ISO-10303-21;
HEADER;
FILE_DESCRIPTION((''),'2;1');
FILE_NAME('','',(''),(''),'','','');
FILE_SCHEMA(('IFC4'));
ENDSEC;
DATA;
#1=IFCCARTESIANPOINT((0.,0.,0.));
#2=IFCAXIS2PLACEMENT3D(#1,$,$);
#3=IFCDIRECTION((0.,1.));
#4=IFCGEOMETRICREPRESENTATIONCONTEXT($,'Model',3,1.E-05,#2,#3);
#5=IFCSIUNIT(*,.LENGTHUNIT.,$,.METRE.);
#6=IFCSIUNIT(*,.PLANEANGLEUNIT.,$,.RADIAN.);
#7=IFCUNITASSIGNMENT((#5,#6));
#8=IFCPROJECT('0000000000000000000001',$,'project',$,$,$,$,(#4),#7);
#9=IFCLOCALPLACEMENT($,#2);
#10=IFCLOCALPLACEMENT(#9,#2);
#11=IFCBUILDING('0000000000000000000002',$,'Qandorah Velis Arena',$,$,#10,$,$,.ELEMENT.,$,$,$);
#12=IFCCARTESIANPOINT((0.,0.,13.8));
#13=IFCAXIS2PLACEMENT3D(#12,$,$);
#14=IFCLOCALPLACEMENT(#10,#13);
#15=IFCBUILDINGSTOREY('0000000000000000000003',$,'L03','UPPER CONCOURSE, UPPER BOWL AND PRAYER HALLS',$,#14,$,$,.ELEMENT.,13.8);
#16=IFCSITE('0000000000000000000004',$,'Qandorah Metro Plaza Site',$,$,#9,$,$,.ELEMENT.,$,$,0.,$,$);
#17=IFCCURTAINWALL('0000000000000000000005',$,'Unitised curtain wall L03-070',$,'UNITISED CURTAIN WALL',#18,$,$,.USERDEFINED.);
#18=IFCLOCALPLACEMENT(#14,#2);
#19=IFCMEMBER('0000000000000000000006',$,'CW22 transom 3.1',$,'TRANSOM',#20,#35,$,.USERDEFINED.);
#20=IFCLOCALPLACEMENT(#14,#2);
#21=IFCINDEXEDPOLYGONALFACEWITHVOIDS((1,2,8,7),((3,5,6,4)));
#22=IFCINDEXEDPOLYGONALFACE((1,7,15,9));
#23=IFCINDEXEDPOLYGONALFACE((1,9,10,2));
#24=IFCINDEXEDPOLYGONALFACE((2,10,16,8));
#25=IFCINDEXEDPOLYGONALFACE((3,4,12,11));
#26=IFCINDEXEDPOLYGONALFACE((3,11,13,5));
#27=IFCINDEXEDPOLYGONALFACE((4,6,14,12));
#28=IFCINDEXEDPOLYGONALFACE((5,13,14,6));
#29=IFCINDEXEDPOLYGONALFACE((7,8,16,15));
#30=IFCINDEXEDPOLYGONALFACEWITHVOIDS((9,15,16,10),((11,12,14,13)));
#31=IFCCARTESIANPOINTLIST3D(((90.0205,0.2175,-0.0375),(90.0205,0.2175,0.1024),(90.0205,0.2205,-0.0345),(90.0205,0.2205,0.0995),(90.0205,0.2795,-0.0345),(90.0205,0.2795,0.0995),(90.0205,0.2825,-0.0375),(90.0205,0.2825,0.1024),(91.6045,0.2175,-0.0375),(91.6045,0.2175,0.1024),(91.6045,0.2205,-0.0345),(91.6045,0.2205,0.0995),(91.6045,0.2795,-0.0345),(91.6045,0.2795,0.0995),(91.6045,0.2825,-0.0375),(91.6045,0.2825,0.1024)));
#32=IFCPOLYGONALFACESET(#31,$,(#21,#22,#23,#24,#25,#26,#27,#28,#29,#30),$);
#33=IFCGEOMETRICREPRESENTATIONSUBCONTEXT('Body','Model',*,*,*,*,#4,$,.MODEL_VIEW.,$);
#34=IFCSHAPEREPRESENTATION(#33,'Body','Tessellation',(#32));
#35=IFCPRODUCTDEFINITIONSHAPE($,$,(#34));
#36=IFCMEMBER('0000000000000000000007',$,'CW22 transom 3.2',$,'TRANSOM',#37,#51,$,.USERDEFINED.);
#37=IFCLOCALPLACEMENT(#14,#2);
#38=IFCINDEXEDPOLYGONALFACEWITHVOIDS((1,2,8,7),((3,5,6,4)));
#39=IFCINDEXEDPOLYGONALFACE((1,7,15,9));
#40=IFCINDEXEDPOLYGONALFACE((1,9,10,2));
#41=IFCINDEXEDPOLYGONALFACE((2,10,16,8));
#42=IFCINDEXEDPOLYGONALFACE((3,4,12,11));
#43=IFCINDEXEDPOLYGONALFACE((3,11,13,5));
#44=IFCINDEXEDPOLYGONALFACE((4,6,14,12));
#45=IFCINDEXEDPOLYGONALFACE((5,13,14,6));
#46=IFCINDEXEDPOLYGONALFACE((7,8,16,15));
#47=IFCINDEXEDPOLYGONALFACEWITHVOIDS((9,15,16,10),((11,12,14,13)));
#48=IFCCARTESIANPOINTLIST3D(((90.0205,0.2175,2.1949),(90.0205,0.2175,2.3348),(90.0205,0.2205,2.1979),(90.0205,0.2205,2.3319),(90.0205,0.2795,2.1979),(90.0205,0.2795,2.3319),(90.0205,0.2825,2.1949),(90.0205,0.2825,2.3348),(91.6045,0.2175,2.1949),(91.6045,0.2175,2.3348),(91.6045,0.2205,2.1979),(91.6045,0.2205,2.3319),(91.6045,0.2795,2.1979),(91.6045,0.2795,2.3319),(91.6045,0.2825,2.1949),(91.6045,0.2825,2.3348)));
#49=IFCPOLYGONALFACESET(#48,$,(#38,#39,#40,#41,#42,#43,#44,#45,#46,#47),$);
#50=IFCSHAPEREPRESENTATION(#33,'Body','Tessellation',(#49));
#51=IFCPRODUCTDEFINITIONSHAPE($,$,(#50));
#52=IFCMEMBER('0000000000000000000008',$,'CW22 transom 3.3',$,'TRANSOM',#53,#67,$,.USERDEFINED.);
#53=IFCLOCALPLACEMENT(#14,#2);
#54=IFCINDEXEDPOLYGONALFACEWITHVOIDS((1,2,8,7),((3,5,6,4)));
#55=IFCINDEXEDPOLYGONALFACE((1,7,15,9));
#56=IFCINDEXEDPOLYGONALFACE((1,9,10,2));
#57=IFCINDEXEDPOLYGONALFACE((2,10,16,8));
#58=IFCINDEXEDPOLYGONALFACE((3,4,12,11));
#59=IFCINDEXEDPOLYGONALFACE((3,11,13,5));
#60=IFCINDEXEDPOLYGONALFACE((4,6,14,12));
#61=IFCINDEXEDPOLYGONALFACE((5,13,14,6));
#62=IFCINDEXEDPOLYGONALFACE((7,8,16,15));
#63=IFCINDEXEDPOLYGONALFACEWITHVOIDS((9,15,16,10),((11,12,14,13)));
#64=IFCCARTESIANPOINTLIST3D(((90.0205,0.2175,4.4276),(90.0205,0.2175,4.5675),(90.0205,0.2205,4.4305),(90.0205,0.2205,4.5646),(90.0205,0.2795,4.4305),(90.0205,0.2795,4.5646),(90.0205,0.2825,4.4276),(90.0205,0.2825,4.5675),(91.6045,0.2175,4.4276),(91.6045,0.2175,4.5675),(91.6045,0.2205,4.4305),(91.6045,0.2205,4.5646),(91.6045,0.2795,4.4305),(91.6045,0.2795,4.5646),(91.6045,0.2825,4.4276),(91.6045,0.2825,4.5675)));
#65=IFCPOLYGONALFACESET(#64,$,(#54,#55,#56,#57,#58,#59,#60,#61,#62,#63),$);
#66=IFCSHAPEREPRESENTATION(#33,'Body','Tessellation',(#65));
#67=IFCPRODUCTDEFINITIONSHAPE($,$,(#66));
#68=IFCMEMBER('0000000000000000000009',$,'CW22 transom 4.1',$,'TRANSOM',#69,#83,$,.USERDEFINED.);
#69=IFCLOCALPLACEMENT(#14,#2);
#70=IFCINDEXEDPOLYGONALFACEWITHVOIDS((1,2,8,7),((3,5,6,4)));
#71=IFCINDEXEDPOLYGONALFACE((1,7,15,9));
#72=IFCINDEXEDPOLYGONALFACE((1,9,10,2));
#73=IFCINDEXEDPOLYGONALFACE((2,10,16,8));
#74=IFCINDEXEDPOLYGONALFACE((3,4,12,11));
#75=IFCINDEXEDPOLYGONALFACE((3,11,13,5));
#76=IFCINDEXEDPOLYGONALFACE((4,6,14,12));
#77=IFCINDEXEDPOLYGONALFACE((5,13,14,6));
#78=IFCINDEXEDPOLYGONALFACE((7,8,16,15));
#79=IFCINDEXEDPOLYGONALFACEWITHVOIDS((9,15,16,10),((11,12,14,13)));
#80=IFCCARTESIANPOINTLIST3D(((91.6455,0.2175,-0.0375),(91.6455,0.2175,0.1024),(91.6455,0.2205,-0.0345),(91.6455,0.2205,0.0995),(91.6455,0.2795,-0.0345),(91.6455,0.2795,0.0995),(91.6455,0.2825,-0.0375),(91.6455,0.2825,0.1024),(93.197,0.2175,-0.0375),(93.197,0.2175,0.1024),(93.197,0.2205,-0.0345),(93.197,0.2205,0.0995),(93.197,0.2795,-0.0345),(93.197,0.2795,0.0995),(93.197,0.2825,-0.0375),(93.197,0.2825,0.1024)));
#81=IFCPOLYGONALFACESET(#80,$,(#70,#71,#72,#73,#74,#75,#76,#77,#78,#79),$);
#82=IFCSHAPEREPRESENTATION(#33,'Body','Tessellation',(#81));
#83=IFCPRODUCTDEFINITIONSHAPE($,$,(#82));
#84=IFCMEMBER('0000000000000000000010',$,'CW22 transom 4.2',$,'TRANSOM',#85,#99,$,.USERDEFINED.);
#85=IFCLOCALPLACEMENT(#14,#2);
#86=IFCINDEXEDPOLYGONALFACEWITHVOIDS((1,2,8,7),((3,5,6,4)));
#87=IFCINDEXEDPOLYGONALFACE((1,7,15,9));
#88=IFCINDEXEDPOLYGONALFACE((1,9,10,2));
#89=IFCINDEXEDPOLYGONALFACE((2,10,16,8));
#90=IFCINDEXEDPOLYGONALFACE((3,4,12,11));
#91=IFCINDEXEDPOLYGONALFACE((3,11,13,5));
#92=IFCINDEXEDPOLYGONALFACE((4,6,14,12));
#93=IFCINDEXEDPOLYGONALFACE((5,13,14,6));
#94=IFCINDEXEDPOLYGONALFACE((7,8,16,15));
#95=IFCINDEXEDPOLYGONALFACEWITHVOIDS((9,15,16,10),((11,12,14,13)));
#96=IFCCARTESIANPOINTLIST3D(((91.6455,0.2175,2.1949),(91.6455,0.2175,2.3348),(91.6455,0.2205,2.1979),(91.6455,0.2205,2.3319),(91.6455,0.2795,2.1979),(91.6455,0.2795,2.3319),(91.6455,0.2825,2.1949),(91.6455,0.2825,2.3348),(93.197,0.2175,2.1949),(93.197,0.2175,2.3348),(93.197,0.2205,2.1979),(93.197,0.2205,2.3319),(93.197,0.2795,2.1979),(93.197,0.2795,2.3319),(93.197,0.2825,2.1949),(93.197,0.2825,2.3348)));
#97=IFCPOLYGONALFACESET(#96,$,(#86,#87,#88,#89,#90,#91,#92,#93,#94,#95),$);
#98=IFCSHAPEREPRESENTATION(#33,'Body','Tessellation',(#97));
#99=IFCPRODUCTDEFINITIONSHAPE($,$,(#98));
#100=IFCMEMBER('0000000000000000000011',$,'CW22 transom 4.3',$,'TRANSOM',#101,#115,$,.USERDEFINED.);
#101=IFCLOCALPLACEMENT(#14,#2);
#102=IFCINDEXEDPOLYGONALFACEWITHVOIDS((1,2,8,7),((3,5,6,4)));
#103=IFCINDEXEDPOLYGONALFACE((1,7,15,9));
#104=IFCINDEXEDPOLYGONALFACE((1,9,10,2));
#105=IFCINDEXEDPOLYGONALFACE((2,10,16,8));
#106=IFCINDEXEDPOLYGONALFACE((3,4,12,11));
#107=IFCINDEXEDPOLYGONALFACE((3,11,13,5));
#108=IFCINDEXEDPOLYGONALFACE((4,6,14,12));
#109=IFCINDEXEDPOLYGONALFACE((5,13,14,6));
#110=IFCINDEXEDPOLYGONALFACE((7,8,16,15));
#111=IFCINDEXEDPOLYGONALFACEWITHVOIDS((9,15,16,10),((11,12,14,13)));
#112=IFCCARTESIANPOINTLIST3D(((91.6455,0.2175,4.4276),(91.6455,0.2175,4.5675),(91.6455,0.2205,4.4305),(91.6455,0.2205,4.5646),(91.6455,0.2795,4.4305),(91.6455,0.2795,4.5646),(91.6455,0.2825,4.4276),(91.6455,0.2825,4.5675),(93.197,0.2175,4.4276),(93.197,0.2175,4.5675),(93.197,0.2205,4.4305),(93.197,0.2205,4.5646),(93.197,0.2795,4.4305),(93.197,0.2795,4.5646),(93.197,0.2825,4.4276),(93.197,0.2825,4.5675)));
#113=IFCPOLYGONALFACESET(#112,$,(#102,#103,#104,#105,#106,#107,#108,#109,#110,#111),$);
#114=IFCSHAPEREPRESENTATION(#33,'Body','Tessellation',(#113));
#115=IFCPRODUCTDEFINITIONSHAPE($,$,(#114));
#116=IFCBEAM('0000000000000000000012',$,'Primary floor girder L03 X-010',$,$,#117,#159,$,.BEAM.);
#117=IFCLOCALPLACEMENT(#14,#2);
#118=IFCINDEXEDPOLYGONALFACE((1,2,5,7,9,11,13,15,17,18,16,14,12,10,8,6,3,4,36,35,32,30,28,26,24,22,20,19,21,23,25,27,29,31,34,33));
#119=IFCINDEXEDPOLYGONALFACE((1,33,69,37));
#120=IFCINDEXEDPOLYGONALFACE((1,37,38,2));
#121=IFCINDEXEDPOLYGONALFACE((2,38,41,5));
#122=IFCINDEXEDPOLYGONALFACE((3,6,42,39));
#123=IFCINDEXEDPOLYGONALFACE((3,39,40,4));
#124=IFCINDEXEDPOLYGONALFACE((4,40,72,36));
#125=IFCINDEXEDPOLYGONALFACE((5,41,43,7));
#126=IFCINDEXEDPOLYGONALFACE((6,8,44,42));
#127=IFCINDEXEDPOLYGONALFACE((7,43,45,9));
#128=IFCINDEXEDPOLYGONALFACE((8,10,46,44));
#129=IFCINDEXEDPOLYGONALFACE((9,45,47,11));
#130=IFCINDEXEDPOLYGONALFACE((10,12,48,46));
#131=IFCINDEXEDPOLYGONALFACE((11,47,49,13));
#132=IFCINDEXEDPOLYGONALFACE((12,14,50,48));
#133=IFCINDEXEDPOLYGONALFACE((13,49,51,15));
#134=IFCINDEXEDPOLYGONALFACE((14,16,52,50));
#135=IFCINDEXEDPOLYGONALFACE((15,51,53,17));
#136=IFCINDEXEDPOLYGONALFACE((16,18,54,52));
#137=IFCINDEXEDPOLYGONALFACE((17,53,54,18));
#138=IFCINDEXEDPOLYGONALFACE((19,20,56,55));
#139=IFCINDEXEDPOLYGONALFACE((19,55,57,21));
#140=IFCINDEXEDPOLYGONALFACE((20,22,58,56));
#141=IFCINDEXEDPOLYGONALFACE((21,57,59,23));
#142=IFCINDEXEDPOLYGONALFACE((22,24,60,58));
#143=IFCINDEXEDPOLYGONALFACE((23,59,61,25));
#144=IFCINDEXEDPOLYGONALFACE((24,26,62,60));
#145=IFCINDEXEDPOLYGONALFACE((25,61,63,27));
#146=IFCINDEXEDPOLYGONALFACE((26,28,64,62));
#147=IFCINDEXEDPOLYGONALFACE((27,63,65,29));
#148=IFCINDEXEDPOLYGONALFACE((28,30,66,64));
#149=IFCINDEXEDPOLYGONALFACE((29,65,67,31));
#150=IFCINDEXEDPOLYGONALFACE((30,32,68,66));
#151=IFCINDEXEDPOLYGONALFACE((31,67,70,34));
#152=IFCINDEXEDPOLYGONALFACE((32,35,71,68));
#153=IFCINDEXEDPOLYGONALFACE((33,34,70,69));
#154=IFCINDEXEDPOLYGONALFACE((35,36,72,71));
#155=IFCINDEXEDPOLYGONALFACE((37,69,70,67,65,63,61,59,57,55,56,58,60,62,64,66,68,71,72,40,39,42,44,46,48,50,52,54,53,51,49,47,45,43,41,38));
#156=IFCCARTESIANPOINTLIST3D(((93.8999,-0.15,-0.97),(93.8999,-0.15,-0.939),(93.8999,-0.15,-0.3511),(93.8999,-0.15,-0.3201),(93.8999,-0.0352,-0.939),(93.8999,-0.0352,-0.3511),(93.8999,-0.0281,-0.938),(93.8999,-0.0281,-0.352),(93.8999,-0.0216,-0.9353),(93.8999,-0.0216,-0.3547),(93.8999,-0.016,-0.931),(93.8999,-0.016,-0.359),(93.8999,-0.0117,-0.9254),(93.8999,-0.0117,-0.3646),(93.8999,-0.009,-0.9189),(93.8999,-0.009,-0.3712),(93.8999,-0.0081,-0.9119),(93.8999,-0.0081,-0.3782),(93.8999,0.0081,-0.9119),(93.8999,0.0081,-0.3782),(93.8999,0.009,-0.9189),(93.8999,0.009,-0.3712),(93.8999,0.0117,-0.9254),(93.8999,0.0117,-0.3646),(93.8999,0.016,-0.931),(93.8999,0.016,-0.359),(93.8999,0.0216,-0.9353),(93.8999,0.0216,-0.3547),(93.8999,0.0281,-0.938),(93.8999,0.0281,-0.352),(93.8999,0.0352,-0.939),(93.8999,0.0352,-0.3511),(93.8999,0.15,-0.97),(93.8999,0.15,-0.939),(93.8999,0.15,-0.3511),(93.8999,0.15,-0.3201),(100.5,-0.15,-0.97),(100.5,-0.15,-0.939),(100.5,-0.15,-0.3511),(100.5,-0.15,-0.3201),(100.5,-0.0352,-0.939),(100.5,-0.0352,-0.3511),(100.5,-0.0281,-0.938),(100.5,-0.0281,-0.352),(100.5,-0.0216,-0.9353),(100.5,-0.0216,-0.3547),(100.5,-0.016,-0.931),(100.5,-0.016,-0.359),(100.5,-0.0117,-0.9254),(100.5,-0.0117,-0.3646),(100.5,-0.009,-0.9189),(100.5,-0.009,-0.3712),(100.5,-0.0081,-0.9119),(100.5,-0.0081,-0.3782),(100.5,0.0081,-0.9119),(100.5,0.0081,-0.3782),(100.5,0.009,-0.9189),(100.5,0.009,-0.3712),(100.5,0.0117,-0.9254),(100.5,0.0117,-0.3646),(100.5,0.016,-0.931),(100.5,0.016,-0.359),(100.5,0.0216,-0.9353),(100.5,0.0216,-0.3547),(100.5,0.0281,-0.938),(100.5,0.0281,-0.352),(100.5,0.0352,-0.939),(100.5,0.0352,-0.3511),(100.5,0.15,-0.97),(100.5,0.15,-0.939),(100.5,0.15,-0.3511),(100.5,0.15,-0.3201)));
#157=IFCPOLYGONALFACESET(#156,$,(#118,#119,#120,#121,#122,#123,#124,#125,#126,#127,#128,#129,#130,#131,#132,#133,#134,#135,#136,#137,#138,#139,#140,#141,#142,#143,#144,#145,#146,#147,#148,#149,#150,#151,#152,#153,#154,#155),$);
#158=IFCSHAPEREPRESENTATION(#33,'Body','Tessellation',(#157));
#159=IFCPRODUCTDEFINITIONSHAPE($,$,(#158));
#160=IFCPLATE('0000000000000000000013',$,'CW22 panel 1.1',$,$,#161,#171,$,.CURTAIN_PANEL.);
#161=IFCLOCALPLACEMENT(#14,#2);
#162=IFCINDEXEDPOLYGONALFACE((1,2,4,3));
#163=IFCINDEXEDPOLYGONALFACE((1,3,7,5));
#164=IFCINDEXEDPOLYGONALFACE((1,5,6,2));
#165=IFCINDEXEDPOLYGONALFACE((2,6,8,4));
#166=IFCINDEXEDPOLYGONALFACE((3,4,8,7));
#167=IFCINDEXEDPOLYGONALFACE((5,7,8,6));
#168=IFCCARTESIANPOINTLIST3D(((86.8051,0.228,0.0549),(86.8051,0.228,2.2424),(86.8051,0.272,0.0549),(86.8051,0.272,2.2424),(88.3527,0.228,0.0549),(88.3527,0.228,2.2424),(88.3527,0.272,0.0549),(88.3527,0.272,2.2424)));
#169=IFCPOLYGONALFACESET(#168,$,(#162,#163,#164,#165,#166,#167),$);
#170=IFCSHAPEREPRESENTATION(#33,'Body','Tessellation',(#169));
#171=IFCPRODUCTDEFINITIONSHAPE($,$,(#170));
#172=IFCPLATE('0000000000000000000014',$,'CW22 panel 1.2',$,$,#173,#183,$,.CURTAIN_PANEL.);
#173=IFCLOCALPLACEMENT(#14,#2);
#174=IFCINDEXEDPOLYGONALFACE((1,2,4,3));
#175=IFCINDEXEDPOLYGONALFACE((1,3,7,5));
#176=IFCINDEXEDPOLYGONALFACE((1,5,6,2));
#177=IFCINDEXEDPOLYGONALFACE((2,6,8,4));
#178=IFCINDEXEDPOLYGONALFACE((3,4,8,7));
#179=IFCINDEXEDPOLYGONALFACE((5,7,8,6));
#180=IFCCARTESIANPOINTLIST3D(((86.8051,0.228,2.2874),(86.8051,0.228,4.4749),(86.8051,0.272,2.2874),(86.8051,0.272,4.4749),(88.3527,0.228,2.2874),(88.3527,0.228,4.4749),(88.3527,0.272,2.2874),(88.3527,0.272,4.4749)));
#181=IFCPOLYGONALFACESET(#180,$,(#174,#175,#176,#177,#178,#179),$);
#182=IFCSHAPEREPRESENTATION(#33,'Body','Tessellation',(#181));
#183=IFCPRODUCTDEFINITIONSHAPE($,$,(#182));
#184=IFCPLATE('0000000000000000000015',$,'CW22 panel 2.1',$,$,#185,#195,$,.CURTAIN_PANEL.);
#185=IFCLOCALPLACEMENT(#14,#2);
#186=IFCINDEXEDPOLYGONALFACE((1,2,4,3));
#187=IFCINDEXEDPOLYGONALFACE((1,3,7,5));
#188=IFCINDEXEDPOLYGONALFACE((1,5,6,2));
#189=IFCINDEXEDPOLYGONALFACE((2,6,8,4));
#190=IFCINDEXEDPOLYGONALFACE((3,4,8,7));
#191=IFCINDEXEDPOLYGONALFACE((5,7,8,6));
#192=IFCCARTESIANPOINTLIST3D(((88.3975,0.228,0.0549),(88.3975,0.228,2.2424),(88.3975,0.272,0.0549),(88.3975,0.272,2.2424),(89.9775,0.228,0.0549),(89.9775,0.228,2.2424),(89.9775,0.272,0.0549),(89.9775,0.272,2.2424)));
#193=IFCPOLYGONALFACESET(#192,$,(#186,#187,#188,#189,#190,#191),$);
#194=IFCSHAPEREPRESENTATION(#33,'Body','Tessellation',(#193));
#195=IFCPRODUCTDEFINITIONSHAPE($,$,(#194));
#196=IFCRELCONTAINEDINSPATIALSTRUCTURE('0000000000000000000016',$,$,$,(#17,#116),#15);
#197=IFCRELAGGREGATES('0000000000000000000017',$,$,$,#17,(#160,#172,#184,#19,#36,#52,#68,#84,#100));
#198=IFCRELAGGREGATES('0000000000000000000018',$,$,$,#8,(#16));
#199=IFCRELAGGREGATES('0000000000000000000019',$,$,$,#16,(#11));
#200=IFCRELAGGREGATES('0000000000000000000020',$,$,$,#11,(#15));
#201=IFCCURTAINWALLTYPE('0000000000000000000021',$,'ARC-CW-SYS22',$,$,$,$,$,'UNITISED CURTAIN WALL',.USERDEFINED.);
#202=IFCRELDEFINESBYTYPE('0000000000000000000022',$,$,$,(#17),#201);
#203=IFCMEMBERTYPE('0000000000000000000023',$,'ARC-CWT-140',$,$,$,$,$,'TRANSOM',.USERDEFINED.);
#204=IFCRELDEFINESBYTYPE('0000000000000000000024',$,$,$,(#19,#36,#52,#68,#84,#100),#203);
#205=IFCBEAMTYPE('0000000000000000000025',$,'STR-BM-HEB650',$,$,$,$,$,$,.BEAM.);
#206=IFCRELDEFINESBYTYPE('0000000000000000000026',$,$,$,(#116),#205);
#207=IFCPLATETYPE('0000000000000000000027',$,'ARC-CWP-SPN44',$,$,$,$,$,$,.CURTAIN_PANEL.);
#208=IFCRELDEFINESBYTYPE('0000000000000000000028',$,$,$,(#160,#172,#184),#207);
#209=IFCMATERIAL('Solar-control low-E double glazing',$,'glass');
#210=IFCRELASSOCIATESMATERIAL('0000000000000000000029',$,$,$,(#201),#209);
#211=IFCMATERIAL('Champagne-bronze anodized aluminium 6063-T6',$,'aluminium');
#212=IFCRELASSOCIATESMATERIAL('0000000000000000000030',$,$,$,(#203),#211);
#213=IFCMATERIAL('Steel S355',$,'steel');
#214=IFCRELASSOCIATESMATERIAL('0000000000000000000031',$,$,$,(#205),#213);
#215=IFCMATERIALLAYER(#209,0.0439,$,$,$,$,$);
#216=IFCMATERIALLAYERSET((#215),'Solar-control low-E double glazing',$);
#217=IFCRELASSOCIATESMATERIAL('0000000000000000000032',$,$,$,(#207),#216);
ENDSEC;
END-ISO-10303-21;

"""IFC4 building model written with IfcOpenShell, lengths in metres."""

from ifc_helpers import new_model, si_unit, direction, frame, origin, origin_2d, place, context, subcontext, project, spatial, rectangle, hollow_rectangle, i_section, extrude, material, layer, layer_set, material_profile, profile_set, type_object, element, aggregate, save


model = new_model("IFC4")

# Units and contexts
model_context = context("Model", 3, precision=1e-05, world=origin(), true_north=direction((0.0, 1.0)))
body_context = subcontext(model_context, "Body", "Model", "MODEL_VIEW")
ifc_project = project(units=[si_unit("LENGTHUNIT", "METRE"), si_unit("PLANEANGLEUNIT", "RADIAN")], contexts=[model_context])

# Site, building, storey
site_placement = place(None, origin())
site = spatial("IfcSite", under=ifc_project, at=site_placement, Name="Qandorah Metro Plaza Site", CompositionType="ELEMENT", RefElevation=0.0)
building_placement = place(site_placement, origin())
building = spatial("IfcBuilding", under=site, at=building_placement, Name="Qandorah Velis Arena", CompositionType="ELEMENT")
storey_placement = place(building_placement, frame((0.0, 0.0, 13.8)))
storey = spatial("IfcBuildingStorey", under=building, at=storey_placement, Name="L03", Description="UPPER CONCOURSE, UPPER BOWL AND PRAYER HALLS", CompositionType="ELEMENT", Elevation=13.8)

# Curtain wall, members
ifc_material_1 = material(Name="Solar-control low-E double glazing", Category="glass")
curtain_wall_type = type_object("IfcCurtainWallType", Name="ARC-CW-SYS22", ElementType="UNITISED CURTAIN WALL", PredefinedType="USERDEFINED", material=ifc_material_1)
curtain_wall_placement = place(storey_placement, origin())
curtain_wall = element("IfcCurtainWall", 1, at=curtain_wall_placement, inside=storey, type_object=curtain_wall_type, Name="Unitised curtain wall L03-070", ObjectType="UNITISED CURTAIN WALL", PredefinedType="USERDEFINED")
ifc_material_2 = material(Name="Champagne-bronze anodized aluminium 6063-T6", Category="aluminium")
ifc_material_profile_1 = material_profile(ifc_material_2, hollow_rectangle(XDim=0.0649, YDim=0.1399, WallThickness=0.0029, at=origin_2d()), Name="ALU TRANSOM 65x140")
ifc_profile_set_1 = profile_set([ifc_material_profile_1], Name="Champagne-bronze anodized aluminium 6063-T6")
member_type_1 = type_object("IfcMemberType", Name="ARC-CWT-140", ElementType="TRANSOM", PredefinedType="USERDEFINED", material=ifc_profile_set_1)
member_1_placement = place(storey_placement, frame((90.0205, 0.25, 0.0325), z_axis=(1.0, 0.0, 0.0), x_axis=(0.0, 1.0, 0.0)))
member_1 = element("IfcMember", 2, at=member_1_placement, type_object=member_type_1, Name="CW22 transom 3.1", ObjectType="TRANSOM", PredefinedType="USERDEFINED", context=body_context, shape_type="SweptSolid", body=[
    extrude(hollow_rectangle(XDim=0.0649, YDim=0.1399, WallThickness=0.0029, at=origin_2d()), origin(), (0.0, 0.0, 1.0), 1.584),
])
member_2_placement = place(storey_placement, frame((90.0205, 0.25, 2.2649), z_axis=(1.0, 0.0, 0.0), x_axis=(0.0, 1.0, 0.0)))
member_2 = element("IfcMember", 3, at=member_2_placement, type_object=member_type_1, Name="CW22 transom 3.2", ObjectType="TRANSOM", PredefinedType="USERDEFINED", context=body_context, shape_type="SweptSolid", body=[
    extrude(hollow_rectangle(XDim=0.0649, YDim=0.1399, WallThickness=0.0029, at=origin_2d()), origin(), (0.0, 0.0, 1.0), 1.584),
])
member_3_placement = place(storey_placement, frame((90.0205, 0.25, 4.4976), z_axis=(1.0, 0.0, 0.0), x_axis=(0.0, 1.0, 0.0)))
member_3 = element("IfcMember", 4, at=member_3_placement, type_object=member_type_1, Name="CW22 transom 3.3", ObjectType="TRANSOM", PredefinedType="USERDEFINED", context=body_context, shape_type="SweptSolid", body=[
    extrude(hollow_rectangle(XDim=0.0649, YDim=0.1399, WallThickness=0.0029, at=origin_2d()), origin(), (0.0, 0.0, 1.0), 1.584),
])
member_4_placement = place(storey_placement, frame((91.6455, 0.25, 0.0325), z_axis=(1.0, 0.0, 0.0), x_axis=(0.0, 1.0, 0.0)))
member_4 = element("IfcMember", 5, at=member_4_placement, type_object=member_type_1, Name="CW22 transom 4.1", ObjectType="TRANSOM", PredefinedType="USERDEFINED", context=body_context, shape_type="SweptSolid", body=[
    extrude(hollow_rectangle(XDim=0.0649, YDim=0.1399, WallThickness=0.0029, at=origin_2d()), origin(), (0.0, 0.0, 1.0), 1.5515),
])
member_5_placement = place(storey_placement, frame((91.6455, 0.25, 2.2649), z_axis=(1.0, 0.0, 0.0), x_axis=(0.0, 1.0, 0.0)))
member_5 = element("IfcMember", 6, at=member_5_placement, type_object=member_type_1, Name="CW22 transom 4.2", ObjectType="TRANSOM", PredefinedType="USERDEFINED", context=body_context, shape_type="SweptSolid", body=[
    extrude(hollow_rectangle(XDim=0.0649, YDim=0.1399, WallThickness=0.0029, at=origin_2d()), origin(), (0.0, 0.0, 1.0), 1.5515),
])
member_6_placement = place(storey_placement, frame((91.6455, 0.25, 4.4976), z_axis=(1.0, 0.0, 0.0), x_axis=(0.0, 1.0, 0.0)))
member_6 = element("IfcMember", 7, at=member_6_placement, type_object=member_type_1, Name="CW22 transom 4.3", ObjectType="TRANSOM", PredefinedType="USERDEFINED", context=body_context, shape_type="SweptSolid", body=[
    extrude(hollow_rectangle(XDim=0.0649, YDim=0.1399, WallThickness=0.0029, at=origin_2d()), origin(), (0.0, 0.0, 1.0), 1.5515),
])

# Beam
ifc_material_3 = material(Name="Steel S355", Category="steel")
ifc_material_profile_2 = material_profile(ifc_material_3, i_section(OverallWidth=0.3, OverallDepth=0.6499, WebThickness=0.0161, FlangeThickness=0.031, FilletRadius=0.0271, at=origin_2d()), Name="HEB 650")
ifc_profile_set_2 = profile_set([ifc_material_profile_2], Name="Steel S355")
beam_type = type_object("IfcBeamType", Name="STR-BM-HEB650", PredefinedType="BEAM", material=ifc_profile_set_2)
beam_placement = place(storey_placement, frame((93.8999, 0.0, -0.645), z_axis=(1.0, 0.0, 0.0), x_axis=(0.0, 1.0, 0.0)))
element("IfcBeam", 8, at=beam_placement, inside=storey, type_object=beam_type, Name="Primary floor girder L03 X-010", PredefinedType="BEAM", context=body_context, shape_type="SweptSolid", body=[
    extrude(i_section(OverallWidth=0.3, OverallDepth=0.6499, WebThickness=0.0161, FlangeThickness=0.031, FilletRadius=0.0271, at=origin_2d()), origin(), (0.0, 0.0, 1.0), 6.6001),
])

# Plates
ifc_layer_1 = layer(ifc_material_1, 0.0439)
ifc_layer_set_1 = layer_set([ifc_layer_1], Name="Solar-control low-E double glazing")
plate_type = type_object("IfcPlateType", Name="ARC-CWP-SPN44", PredefinedType="CURTAIN_PANEL", material=ifc_layer_set_1)
plate_1_placement = place(storey_placement, frame((87.5789, 0.25, 0.0549), z_axis=(0.0, 0.0, 1.0), x_axis=(1.0, 0.0, 0.0)))
plate_1 = element("IfcPlate", 9, at=plate_1_placement, type_object=plate_type, Name="CW22 panel 1.1", PredefinedType="CURTAIN_PANEL", context=body_context, shape_type="SweptSolid", body=[
    extrude(rectangle(XDim=1.5476, YDim=0.0439, at=origin_2d()), origin(), (0.0, 0.0, 1.0), 2.1875),
])
plate_2_placement = place(storey_placement, frame((87.5789, 0.25, 2.2874), z_axis=(0.0, 0.0, 1.0), x_axis=(1.0, 0.0, 0.0)))
plate_2 = element("IfcPlate", 10, at=plate_2_placement, type_object=plate_type, Name="CW22 panel 1.2", PredefinedType="CURTAIN_PANEL", context=body_context, shape_type="SweptSolid", body=[
    extrude(rectangle(XDim=1.5476, YDim=0.0439, at=origin_2d()), origin(), (0.0, 0.0, 1.0), 2.1875),
])
plate_3_placement = place(storey_placement, frame((89.1875, 0.25, 0.0549), z_axis=(0.0, 0.0, 1.0), x_axis=(1.0, 0.0, 0.0)))
plate_3 = element("IfcPlate", 11, at=plate_3_placement, type_object=plate_type, Name="CW22 panel 2.1", PredefinedType="CURTAIN_PANEL", context=body_context, shape_type="SweptSolid", body=[
    extrude(rectangle(XDim=1.5801, YDim=0.0439, at=origin_2d()), origin(), (0.0, 0.0, 1.0), 2.1875),
])
aggregate(curtain_wall, [plate_1, plate_2, plate_3, member_1, member_2, member_3, member_4, member_5, member_6])

save(model, "model.ifc")
